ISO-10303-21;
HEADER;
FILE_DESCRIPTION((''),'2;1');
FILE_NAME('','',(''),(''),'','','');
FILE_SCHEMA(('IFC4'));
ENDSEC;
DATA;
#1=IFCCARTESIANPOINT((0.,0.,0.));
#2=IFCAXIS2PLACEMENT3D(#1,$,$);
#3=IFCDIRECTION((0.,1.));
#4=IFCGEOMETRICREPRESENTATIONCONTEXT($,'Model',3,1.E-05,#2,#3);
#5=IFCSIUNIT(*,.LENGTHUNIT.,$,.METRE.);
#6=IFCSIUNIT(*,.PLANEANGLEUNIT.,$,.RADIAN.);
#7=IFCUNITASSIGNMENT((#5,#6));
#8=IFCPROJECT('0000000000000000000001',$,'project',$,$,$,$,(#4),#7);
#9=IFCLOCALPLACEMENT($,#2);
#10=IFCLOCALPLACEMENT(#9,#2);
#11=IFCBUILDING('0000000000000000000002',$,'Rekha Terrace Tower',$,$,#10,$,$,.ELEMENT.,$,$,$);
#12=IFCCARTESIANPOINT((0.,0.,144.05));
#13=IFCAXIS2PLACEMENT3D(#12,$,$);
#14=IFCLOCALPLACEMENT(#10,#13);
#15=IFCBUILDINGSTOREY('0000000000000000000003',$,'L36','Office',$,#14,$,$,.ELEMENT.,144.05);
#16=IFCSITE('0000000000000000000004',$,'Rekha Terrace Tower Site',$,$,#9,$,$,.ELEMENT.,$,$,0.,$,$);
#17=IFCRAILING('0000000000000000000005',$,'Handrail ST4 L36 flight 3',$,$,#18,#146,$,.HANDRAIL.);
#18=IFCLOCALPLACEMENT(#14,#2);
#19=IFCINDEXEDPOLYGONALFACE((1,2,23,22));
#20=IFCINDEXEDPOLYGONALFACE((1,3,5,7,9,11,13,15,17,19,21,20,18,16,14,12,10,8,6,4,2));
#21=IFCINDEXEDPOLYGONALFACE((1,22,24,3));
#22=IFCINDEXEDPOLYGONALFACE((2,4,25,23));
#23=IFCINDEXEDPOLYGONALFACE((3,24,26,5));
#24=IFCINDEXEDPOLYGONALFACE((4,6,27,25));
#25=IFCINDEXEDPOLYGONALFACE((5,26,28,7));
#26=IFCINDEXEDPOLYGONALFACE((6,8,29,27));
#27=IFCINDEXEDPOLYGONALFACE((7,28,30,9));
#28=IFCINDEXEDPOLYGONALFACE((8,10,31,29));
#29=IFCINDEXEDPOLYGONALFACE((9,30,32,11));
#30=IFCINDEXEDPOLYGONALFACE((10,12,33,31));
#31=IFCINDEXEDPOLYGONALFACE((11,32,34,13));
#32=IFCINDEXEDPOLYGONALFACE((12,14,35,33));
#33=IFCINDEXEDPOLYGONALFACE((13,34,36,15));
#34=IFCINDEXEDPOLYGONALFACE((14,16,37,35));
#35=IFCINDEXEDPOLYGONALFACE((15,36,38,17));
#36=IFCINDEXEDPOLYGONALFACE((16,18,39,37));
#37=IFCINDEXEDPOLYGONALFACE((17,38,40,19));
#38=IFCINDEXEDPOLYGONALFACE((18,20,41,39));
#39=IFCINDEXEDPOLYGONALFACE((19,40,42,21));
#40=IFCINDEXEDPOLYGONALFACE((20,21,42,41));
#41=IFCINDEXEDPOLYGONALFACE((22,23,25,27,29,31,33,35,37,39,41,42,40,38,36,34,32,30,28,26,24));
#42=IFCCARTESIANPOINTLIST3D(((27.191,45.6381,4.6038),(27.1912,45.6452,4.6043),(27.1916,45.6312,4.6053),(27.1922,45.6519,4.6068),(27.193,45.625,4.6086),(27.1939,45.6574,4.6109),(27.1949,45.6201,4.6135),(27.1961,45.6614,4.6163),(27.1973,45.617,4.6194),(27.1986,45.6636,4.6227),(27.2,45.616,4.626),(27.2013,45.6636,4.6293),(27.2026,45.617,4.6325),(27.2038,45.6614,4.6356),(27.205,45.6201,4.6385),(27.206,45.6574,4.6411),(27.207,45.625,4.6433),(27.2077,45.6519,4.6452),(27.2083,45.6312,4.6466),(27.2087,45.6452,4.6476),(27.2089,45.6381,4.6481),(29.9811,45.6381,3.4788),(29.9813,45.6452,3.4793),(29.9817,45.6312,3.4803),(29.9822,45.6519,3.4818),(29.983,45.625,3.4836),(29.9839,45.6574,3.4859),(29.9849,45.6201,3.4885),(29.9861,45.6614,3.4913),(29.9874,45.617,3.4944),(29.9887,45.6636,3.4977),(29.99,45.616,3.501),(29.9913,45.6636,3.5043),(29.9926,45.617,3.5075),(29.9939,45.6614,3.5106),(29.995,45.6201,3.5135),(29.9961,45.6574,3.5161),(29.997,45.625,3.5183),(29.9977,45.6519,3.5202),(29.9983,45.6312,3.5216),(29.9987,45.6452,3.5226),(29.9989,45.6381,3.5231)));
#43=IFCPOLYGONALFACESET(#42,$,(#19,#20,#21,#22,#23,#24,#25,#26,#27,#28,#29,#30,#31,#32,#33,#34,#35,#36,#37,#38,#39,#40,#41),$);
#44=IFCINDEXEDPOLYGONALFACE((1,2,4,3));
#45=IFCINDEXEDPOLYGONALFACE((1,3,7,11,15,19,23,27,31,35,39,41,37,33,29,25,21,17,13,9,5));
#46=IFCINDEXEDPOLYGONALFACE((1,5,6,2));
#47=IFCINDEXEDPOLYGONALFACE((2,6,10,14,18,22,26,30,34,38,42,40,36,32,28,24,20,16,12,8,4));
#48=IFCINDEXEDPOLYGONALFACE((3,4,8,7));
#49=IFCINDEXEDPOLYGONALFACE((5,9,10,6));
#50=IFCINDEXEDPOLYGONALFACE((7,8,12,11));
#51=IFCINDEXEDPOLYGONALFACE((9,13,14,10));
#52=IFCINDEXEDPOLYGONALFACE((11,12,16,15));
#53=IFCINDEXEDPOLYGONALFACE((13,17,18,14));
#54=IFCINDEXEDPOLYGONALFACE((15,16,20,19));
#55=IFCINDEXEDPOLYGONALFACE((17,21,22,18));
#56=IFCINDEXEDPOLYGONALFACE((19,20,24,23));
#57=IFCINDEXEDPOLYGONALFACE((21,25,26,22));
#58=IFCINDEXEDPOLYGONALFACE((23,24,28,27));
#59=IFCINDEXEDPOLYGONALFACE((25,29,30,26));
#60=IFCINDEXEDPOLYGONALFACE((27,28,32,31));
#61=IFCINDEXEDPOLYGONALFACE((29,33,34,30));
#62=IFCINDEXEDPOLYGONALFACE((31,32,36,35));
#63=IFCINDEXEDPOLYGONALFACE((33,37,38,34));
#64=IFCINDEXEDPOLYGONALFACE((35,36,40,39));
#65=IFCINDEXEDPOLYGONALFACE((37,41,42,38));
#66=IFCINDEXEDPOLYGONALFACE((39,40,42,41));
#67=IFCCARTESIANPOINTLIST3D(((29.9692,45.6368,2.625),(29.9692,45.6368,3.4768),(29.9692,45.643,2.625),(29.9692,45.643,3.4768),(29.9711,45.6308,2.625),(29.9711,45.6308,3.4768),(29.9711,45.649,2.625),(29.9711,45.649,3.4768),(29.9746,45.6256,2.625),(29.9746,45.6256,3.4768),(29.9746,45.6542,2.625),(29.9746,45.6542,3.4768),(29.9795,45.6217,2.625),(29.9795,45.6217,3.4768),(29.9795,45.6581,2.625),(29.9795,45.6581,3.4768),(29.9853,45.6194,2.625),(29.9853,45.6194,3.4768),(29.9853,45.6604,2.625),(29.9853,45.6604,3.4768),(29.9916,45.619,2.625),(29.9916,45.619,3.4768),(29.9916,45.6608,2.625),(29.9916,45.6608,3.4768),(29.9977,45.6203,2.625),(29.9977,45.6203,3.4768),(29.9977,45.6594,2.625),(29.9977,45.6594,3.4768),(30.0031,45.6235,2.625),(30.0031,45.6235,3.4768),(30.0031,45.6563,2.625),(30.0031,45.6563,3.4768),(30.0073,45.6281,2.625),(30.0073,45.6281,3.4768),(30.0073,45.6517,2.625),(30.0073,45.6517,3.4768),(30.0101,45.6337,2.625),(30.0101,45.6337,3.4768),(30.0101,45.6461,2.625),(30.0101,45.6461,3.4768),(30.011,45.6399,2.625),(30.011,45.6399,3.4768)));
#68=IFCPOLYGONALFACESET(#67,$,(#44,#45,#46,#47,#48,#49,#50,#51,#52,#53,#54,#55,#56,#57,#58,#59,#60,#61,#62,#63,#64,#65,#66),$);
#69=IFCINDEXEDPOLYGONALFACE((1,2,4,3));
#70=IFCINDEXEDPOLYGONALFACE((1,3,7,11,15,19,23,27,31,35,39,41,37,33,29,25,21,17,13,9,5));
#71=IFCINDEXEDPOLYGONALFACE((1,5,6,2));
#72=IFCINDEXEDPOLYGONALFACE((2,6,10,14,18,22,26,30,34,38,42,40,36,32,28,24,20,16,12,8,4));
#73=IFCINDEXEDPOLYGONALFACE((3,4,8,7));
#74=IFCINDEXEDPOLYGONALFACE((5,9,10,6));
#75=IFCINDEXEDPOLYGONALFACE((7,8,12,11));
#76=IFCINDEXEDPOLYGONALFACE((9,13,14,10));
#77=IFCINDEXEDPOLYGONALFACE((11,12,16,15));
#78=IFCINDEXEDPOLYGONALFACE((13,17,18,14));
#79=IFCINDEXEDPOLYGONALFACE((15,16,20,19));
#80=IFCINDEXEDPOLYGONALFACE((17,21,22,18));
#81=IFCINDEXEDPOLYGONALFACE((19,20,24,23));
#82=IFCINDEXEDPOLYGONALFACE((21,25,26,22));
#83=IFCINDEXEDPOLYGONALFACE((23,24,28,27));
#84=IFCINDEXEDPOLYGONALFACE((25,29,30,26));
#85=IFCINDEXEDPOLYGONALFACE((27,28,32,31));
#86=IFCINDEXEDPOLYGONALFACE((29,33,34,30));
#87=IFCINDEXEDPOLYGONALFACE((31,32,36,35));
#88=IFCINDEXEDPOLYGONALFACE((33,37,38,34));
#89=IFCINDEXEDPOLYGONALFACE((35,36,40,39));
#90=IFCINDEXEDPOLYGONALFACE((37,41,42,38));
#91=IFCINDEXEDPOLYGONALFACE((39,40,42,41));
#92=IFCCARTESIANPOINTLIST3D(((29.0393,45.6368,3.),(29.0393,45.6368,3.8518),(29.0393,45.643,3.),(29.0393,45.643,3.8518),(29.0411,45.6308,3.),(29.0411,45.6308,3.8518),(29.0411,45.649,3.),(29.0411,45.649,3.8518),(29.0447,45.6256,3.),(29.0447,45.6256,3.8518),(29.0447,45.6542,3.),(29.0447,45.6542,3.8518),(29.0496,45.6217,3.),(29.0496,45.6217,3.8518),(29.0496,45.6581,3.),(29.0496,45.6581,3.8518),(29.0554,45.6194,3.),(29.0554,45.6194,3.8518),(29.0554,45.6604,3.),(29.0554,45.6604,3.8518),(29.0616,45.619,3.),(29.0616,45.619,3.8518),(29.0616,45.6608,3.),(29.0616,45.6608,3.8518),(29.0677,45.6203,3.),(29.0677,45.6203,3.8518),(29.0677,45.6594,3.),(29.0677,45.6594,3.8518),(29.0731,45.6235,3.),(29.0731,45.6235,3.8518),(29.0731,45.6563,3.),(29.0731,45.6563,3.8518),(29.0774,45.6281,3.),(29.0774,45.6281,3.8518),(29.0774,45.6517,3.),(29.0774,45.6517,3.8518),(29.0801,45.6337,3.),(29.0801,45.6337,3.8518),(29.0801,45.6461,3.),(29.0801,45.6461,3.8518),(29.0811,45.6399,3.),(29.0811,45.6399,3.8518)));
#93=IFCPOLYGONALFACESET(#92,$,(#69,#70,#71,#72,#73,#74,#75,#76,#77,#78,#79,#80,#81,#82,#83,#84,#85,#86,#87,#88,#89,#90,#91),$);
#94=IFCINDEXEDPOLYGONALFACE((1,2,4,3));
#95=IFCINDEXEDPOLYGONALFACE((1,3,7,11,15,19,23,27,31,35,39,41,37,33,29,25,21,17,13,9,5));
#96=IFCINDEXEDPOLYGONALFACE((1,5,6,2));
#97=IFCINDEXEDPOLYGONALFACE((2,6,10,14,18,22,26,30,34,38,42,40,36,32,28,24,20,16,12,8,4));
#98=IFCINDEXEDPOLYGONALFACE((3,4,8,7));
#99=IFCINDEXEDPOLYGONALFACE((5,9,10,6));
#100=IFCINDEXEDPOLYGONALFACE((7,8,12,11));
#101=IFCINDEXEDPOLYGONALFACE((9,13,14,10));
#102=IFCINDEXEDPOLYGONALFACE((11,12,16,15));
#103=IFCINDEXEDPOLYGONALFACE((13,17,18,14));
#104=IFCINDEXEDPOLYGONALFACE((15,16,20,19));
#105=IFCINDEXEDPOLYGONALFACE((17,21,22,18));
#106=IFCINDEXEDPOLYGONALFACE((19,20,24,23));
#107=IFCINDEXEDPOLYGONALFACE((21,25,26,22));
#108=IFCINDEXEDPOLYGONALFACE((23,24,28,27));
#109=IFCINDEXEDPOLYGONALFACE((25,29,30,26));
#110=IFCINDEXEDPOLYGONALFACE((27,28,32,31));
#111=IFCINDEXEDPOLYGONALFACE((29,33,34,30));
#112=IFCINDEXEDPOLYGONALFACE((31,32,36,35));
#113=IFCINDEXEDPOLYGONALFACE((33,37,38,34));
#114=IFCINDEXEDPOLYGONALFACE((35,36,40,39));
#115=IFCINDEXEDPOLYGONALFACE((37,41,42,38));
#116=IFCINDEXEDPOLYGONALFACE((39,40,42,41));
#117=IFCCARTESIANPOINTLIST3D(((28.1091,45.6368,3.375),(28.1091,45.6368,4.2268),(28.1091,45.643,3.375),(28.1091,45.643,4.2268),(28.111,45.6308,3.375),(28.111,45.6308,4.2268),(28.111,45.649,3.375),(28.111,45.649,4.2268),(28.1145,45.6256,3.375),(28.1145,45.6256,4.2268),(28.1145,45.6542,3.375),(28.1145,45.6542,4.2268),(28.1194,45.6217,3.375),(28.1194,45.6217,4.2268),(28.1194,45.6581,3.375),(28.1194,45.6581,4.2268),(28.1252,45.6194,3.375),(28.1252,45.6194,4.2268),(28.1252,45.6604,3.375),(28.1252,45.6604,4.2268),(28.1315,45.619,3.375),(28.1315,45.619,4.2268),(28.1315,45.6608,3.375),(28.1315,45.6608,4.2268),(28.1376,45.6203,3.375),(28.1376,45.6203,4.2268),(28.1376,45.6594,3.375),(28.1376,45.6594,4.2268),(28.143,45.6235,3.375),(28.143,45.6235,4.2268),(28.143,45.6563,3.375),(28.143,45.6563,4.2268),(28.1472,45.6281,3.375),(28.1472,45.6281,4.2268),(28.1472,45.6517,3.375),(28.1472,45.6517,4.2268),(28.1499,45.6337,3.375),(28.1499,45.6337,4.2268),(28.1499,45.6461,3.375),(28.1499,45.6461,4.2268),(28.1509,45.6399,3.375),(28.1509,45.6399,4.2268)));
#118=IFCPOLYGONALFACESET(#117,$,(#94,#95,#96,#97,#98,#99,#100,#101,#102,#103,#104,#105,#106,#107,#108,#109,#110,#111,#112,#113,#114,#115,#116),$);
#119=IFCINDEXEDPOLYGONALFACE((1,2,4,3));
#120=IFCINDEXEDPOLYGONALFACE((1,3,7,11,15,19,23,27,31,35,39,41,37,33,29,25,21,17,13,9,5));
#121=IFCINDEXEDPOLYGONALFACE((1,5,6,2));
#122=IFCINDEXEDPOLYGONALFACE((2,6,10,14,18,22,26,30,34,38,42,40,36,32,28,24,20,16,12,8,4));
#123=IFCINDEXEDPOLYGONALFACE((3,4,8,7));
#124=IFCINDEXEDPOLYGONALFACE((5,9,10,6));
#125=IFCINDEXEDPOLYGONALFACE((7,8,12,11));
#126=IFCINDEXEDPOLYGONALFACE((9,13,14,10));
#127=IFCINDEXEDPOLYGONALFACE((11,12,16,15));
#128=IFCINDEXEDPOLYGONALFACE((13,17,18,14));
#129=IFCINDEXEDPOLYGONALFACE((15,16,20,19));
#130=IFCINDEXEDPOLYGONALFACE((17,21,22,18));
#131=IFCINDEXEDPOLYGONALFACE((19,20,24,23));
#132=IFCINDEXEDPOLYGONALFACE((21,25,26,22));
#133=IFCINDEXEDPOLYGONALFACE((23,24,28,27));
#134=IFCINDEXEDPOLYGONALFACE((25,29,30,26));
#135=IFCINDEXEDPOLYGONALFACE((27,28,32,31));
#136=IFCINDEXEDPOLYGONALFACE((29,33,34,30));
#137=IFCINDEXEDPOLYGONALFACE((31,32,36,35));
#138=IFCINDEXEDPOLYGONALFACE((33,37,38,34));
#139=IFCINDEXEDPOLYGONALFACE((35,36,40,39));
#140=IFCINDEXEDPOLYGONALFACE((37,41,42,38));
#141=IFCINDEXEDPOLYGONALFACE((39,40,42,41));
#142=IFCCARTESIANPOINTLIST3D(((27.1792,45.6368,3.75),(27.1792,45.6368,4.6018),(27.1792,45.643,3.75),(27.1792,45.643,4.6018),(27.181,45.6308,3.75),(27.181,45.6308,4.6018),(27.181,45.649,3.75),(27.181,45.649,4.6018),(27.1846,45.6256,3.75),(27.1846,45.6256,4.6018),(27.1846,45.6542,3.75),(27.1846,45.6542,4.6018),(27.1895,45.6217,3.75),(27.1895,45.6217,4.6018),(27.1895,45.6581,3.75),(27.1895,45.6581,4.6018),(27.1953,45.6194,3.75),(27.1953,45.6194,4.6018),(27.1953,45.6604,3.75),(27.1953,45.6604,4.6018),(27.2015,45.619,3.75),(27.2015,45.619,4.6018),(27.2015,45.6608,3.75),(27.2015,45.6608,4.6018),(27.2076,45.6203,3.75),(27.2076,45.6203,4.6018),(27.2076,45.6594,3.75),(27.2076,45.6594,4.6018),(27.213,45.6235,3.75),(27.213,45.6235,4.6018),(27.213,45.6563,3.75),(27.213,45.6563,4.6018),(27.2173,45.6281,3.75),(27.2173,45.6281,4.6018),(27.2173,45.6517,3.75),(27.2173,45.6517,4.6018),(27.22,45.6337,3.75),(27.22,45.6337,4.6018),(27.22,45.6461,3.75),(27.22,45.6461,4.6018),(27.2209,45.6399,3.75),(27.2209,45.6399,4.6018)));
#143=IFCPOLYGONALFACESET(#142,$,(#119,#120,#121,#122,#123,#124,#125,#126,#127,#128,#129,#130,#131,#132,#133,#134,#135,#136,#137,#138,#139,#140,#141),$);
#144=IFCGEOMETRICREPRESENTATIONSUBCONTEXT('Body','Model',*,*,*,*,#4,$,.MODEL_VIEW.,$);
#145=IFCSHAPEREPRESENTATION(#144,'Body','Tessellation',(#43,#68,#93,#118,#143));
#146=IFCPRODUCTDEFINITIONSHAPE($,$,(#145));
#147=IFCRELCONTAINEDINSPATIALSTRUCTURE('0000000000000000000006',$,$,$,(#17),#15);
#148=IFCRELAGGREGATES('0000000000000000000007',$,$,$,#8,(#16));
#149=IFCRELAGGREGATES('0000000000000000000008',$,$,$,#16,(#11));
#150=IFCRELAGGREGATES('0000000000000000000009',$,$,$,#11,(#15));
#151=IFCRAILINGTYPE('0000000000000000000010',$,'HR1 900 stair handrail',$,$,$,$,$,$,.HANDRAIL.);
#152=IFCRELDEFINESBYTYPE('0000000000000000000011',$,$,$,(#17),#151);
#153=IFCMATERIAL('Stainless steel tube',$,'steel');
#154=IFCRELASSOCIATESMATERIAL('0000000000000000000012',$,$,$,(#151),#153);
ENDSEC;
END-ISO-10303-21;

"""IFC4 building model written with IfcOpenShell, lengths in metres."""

from ifc_helpers import new_model, si_unit, direction, frame, origin, origin_2d, place, context, subcontext, project, spatial, circle, extrude, material, type_object, element, save


model = new_model("IFC4")

# Units and contexts
model_context = context("Model", 3, precision=1e-05, world=origin(), true_north=direction((0.0, 1.0)))
body_context = subcontext(model_context, "Body", "Model", "MODEL_VIEW")
ifc_project = project(units=[si_unit("LENGTHUNIT", "METRE"), si_unit("PLANEANGLEUNIT", "RADIAN")], contexts=[model_context])

# Site, building, storey
site_placement = place(None, origin())
site = spatial("IfcSite", under=ifc_project, at=site_placement, Name="Rekha Terrace Tower Site", CompositionType="ELEMENT", RefElevation=0.0)
building_placement = place(site_placement, origin())
building = spatial("IfcBuilding", under=site, at=building_placement, Name="Rekha Terrace Tower", CompositionType="ELEMENT")
storey_placement = place(building_placement, frame((0.0, 0.0, 144.05)))
storey = spatial("IfcBuildingStorey", under=building, at=storey_placement, Name="L36", Description="Office", CompositionType="ELEMENT", Elevation=144.05)

# Railing
ifc_material_1 = material(Name="Stainless steel tube", Category="steel")
railing_type_1 = type_object("IfcRailingType", Name="HR1 900 stair handrail", PredefinedType="HANDRAIL", material=ifc_material_1)
railing_1_placement = place(storey_placement, frame((29.99, 45.6399, 2.625)))
element("IfcRailing", 1, at=railing_1_placement, inside=storey, type_object=railing_type_1, Name="Handrail ST4 L36 flight 3", PredefinedType="HANDRAIL", context=body_context, shape_type="SweptSolid", body=[
    extrude(circle(Radius=0.0239, at=origin_2d()), frame((0.0, 0.0, 0.876), z_axis=(-0.927443, 0.0, 0.373964), x_axis=(0.0, -1.0, 0.0)), (0.0, 0.0, 1.0), 3.0083),
    extrude(circle(Radius=0.021, at=origin_2d()), origin(), (0.0, 0.0, 1.0), 0.8518),
    extrude(circle(Radius=0.021, at=origin_2d()), frame((-0.9299, 0.0, 0.375)), (0.0, 0.0, 1.0), 0.8518),
    extrude(circle(Radius=0.021, at=origin_2d()), frame((-1.8601, 0.0, 0.75)), (0.0, 0.0, 1.0), 0.8518),
    extrude(circle(Radius=0.021, at=origin_2d()), frame((-2.79, 0.0, 1.125)), (0.0, 0.0, 1.0), 0.8518),
])

save(model, "model.ifc")
